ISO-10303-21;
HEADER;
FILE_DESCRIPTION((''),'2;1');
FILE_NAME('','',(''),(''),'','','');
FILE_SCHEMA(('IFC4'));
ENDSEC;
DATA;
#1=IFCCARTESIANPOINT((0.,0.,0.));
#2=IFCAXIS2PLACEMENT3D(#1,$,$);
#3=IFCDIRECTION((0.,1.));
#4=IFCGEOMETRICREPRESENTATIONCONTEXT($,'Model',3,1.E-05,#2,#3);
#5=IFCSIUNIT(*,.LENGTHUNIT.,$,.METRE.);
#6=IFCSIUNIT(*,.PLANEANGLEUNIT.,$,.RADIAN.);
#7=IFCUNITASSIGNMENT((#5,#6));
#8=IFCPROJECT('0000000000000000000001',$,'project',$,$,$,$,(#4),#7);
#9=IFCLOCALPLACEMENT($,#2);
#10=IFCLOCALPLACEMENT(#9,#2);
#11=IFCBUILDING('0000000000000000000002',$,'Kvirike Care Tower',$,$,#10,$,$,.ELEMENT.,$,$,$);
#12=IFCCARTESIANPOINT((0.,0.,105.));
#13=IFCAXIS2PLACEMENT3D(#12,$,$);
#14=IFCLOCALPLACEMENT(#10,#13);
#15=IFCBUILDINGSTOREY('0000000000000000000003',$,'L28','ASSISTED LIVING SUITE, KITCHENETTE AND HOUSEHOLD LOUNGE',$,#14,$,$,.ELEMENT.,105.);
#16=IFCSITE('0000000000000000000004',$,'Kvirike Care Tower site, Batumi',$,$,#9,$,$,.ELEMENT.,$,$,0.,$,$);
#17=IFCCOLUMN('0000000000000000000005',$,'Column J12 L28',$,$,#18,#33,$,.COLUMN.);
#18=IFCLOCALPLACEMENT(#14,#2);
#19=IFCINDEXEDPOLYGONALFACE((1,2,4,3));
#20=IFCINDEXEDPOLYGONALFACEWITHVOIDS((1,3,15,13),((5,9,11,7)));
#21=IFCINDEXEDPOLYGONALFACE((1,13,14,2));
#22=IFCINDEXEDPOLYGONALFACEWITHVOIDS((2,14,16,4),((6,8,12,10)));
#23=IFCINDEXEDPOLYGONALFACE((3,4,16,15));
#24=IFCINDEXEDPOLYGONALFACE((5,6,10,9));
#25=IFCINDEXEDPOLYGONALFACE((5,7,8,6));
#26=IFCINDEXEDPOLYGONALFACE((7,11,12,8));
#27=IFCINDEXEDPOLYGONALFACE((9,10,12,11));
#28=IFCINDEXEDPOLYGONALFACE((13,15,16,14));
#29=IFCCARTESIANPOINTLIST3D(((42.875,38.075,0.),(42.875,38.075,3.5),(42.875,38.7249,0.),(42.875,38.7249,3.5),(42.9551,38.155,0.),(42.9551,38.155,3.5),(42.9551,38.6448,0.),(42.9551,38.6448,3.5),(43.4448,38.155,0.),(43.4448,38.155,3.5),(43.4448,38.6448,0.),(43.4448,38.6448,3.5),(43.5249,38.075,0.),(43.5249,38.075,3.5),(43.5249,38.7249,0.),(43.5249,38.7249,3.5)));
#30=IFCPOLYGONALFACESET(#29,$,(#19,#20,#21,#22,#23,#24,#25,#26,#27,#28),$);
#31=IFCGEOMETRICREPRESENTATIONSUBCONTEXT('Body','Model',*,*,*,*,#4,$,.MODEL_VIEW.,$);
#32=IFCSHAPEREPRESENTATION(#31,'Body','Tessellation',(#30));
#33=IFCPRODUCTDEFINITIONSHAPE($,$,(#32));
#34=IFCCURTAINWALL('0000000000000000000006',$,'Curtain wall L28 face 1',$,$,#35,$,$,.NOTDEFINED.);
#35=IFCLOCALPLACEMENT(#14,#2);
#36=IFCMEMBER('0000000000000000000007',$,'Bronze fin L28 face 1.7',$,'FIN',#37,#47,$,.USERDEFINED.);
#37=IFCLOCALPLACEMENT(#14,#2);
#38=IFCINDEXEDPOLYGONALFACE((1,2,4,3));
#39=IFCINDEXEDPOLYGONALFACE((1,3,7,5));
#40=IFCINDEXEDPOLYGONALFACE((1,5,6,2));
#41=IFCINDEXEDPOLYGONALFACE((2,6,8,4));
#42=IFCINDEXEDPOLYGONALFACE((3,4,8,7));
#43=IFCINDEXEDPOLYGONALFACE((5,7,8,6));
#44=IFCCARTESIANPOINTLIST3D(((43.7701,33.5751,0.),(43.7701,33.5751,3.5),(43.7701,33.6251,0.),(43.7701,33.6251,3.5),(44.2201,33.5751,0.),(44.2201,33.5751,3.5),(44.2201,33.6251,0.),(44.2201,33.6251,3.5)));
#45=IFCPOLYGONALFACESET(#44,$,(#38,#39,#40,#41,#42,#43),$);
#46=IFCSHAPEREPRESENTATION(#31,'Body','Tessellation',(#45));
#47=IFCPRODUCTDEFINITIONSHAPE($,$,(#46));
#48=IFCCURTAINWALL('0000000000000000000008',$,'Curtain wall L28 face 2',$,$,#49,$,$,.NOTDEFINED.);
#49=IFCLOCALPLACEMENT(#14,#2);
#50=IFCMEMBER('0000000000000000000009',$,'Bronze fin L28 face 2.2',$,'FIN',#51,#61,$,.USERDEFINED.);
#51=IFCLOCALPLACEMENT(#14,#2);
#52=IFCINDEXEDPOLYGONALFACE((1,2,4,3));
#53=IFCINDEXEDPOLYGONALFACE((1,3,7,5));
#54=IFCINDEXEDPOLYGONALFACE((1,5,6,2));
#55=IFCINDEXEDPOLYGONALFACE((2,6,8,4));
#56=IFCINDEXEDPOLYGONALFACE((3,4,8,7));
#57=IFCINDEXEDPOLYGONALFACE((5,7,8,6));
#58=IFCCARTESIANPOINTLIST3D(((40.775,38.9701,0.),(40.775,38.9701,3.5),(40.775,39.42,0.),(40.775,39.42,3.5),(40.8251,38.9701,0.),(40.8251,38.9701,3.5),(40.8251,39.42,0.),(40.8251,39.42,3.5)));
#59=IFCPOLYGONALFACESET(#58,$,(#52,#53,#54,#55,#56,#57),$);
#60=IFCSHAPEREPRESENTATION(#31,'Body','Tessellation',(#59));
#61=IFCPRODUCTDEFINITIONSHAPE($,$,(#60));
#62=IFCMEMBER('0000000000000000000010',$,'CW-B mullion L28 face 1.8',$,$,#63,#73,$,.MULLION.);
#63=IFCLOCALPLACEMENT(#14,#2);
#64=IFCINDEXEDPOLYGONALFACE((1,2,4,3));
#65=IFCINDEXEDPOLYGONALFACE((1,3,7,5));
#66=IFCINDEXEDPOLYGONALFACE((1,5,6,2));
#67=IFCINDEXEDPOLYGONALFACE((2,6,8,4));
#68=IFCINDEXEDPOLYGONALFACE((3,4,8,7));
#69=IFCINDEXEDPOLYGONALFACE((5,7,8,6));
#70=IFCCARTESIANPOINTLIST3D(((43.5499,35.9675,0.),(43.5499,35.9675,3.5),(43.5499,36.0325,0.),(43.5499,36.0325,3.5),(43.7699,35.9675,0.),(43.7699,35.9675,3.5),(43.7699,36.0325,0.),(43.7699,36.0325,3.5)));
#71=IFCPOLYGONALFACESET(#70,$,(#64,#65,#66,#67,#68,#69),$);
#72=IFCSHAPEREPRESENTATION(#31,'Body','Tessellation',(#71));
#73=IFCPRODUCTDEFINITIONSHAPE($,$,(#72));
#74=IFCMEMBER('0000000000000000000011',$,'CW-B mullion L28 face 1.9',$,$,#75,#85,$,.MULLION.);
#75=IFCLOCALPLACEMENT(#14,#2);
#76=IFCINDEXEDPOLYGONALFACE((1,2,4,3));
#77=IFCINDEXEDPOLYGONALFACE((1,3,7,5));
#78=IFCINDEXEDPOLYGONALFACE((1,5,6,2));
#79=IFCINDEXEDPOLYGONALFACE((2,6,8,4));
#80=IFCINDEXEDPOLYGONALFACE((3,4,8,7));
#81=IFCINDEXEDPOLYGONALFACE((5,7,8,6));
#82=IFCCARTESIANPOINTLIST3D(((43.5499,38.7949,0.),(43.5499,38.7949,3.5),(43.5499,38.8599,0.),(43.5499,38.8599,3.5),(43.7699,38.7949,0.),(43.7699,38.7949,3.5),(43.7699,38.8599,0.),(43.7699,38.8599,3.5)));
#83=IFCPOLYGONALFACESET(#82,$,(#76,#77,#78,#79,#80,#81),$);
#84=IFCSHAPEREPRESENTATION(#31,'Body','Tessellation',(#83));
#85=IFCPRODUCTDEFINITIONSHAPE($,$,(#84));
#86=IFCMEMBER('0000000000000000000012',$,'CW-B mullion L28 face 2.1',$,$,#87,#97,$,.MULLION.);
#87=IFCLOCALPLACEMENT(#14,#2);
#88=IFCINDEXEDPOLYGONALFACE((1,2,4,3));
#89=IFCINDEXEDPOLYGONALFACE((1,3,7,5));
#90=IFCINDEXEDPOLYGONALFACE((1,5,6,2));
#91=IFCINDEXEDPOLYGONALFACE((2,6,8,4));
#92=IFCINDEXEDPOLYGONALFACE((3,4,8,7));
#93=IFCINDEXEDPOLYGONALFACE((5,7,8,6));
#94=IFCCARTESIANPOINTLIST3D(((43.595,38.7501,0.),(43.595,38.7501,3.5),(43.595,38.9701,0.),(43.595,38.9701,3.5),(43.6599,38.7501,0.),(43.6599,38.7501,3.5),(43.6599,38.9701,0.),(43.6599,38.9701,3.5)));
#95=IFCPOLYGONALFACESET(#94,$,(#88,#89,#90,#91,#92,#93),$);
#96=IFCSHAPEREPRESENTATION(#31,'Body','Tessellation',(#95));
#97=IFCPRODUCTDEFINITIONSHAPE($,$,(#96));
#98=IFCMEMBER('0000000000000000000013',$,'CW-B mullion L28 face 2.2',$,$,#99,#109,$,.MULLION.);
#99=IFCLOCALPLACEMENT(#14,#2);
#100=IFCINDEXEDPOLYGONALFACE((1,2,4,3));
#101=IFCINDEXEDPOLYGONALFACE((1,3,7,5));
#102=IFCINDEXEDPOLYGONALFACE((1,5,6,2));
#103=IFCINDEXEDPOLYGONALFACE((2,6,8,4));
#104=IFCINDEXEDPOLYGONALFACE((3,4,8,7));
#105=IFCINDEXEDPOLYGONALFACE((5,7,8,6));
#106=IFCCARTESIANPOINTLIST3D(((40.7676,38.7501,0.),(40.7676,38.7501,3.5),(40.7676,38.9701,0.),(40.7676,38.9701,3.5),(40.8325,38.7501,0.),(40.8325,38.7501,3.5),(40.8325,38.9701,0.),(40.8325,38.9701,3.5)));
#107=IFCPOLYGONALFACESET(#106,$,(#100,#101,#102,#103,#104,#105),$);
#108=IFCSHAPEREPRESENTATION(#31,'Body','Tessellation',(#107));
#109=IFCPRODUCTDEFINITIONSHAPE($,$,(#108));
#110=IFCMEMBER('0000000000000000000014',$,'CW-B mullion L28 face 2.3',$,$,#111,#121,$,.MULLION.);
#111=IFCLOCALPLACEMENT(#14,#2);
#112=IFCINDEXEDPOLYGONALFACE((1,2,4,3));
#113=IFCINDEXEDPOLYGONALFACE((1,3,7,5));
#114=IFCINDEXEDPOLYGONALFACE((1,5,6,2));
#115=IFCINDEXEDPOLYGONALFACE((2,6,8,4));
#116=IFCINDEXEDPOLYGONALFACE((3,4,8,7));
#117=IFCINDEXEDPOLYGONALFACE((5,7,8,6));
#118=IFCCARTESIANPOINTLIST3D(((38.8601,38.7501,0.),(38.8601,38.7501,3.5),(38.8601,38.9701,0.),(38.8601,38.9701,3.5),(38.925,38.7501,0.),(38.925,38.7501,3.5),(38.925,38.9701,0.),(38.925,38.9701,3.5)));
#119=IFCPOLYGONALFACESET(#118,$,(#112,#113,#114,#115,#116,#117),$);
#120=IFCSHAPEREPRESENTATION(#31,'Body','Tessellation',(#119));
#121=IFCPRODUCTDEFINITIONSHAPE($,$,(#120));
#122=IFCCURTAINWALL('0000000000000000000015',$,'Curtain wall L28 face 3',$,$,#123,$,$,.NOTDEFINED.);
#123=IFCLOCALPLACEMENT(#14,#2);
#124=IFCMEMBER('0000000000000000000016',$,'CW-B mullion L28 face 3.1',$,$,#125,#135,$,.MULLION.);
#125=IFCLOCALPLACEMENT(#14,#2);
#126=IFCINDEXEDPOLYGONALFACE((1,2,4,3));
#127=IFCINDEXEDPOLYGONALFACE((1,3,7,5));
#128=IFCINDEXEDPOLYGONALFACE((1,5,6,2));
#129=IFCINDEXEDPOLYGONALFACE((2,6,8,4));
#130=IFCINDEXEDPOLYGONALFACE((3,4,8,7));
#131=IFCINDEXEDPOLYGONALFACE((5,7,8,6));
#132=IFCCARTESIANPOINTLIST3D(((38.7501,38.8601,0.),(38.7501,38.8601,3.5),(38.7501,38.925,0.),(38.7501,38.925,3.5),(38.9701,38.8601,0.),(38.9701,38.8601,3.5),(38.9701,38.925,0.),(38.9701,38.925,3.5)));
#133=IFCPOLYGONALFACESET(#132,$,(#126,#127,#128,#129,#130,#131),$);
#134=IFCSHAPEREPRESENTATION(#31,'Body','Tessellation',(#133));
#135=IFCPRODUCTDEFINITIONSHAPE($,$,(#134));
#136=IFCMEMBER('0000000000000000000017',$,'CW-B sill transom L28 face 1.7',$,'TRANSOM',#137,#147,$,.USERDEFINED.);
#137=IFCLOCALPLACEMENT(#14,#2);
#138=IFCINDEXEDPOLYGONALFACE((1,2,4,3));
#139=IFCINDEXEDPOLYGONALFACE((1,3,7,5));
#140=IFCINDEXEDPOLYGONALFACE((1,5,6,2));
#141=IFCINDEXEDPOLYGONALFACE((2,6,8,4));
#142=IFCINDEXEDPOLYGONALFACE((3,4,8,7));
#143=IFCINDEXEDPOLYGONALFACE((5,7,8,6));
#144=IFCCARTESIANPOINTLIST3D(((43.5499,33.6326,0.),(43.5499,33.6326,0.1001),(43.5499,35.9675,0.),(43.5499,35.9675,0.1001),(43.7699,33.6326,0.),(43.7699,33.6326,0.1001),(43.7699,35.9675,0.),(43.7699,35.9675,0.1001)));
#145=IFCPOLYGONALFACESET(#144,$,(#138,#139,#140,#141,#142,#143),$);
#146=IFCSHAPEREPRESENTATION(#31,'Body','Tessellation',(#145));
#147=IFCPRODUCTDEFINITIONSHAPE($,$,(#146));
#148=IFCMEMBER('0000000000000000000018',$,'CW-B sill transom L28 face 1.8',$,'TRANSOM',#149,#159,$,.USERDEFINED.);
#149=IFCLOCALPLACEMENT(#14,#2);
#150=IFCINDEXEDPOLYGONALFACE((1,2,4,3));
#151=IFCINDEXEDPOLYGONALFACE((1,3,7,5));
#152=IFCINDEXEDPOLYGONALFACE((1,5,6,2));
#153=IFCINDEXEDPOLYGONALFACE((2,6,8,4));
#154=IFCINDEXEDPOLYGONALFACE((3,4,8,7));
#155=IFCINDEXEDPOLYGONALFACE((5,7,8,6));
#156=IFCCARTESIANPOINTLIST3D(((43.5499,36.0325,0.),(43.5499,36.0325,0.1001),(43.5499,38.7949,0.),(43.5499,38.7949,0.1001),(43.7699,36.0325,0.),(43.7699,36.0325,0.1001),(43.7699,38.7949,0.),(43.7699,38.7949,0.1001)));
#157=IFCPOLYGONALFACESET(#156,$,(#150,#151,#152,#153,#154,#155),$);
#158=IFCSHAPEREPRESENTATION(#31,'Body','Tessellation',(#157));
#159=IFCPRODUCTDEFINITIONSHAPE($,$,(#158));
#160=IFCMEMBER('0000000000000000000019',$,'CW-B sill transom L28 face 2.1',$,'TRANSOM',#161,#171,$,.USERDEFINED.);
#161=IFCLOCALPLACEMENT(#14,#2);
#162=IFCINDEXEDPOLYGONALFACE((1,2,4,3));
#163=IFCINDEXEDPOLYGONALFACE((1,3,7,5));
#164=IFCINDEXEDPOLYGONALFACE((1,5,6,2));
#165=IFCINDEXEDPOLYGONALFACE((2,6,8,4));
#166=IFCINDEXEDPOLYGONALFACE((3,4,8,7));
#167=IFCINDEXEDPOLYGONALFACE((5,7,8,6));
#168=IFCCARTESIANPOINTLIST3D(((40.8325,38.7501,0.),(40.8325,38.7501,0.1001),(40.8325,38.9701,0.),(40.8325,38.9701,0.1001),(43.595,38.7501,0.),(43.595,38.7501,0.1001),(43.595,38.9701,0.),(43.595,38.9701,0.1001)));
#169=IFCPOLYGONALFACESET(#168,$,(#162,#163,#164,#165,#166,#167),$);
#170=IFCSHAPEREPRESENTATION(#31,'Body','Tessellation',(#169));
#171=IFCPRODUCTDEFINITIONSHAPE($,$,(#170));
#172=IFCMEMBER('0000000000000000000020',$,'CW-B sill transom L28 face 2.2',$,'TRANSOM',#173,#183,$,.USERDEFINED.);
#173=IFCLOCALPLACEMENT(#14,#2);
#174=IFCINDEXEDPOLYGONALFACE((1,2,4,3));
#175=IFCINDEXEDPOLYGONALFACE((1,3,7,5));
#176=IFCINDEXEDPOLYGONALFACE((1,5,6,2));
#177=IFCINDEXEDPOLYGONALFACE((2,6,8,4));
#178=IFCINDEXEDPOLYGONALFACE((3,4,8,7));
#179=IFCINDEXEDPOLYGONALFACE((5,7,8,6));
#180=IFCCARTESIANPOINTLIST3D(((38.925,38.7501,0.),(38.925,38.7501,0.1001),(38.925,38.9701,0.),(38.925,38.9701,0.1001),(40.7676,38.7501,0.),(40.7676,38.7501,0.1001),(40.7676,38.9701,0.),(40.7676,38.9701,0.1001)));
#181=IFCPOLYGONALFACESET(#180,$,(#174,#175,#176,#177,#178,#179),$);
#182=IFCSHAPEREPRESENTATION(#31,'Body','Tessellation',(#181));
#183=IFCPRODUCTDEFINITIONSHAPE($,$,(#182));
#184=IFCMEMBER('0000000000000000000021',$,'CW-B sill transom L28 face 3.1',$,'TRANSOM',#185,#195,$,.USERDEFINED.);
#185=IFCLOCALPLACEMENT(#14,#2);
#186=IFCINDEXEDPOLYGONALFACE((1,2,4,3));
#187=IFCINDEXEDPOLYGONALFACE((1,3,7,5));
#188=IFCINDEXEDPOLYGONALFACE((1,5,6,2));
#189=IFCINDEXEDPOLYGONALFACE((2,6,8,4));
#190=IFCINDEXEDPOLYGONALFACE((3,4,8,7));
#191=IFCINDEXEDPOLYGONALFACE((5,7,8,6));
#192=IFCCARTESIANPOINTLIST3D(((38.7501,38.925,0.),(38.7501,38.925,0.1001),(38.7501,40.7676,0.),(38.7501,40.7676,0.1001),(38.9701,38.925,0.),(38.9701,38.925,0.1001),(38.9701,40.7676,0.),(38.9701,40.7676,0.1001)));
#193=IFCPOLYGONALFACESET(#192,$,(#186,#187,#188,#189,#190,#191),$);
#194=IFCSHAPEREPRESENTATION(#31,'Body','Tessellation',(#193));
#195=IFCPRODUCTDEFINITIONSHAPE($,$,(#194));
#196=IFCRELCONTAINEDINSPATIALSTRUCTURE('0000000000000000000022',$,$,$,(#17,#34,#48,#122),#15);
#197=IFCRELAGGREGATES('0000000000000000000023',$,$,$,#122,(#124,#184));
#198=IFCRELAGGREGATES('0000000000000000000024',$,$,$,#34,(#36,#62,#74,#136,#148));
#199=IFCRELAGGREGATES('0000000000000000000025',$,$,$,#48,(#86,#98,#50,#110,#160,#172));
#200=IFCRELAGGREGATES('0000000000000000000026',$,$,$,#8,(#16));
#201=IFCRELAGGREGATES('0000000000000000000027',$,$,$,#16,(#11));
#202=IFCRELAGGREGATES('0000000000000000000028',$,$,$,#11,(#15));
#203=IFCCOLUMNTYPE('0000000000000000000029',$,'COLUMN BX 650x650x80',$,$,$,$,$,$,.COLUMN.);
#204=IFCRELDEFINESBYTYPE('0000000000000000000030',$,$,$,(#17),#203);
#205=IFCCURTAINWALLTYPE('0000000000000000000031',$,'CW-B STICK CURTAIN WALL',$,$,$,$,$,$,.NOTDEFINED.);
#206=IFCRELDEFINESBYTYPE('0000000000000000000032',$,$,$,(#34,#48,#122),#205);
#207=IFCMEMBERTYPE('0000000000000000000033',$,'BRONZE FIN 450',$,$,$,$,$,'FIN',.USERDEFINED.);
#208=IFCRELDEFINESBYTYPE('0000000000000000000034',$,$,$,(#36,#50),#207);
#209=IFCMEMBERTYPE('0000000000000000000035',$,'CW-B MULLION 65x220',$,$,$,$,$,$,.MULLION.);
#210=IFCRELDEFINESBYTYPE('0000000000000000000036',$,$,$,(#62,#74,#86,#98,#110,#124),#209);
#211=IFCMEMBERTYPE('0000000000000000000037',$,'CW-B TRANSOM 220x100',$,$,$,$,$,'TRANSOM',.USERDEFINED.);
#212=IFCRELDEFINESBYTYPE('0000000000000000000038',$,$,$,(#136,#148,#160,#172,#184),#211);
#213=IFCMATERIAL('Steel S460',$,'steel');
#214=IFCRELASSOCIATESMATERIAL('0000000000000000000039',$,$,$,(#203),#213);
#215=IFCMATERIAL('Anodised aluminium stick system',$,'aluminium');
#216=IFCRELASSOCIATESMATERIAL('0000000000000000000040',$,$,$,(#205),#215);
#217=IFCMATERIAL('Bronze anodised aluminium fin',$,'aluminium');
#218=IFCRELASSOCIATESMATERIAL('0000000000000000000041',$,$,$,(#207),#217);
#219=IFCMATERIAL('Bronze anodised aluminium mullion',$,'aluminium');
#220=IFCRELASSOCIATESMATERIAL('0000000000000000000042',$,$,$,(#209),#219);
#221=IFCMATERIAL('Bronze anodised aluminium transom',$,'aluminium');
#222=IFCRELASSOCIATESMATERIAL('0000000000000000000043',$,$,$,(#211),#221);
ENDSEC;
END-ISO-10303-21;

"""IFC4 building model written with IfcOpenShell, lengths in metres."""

from ifc_helpers import new_model, si_unit, direction, frame, origin, origin_2d, place, context, subcontext, project, spatial, rectangle, hollow_rectangle, extrude, material, material_profile, profile_set, type_object, element, aggregate, save


model = new_model("IFC4")

# Units and contexts
model_context = context("Model", 3, precision=1e-05, world=origin(), true_north=direction((0.0, 1.0)))
body_context = subcontext(model_context, "Body", "Model", "MODEL_VIEW")
ifc_project = project(units=[si_unit("LENGTHUNIT", "METRE"), si_unit("PLANEANGLEUNIT", "RADIAN")], contexts=[model_context])

# Site, building, storey
site_placement = place(None, origin())
site = spatial("IfcSite", under=ifc_project, at=site_placement, Name="Kvirike Care Tower site, Batumi", CompositionType="ELEMENT", RefElevation=0.0)
building_placement = place(site_placement, origin())
building = spatial("IfcBuilding", under=site, at=building_placement, Name="Kvirike Care Tower", CompositionType="ELEMENT")
storey_placement = place(building_placement, frame((0.0, 0.0, 105.0)))
storey = spatial("IfcBuildingStorey", under=building, at=storey_placement, Name="L28", Description="ASSISTED LIVING SUITE, KITCHENETTE AND HOUSEHOLD LOUNGE", CompositionType="ELEMENT", Elevation=105.0)

# Column
ifc_material_1 = material(Name="Steel S460", Category="steel")
ifc_material_profile_1 = material_profile(ifc_material_1, hollow_rectangle(XDim=0.6499, YDim=0.6499, WallThickness=0.0801, at=origin_2d()), Name="BX 650x650x80")
ifc_profile_set_1 = profile_set([ifc_material_profile_1], Name="Steel S460")
column_type = type_object("IfcColumnType", Name="COLUMN BX 650x650x80", PredefinedType="COLUMN", material=ifc_profile_set_1)
column_placement = place(storey_placement, frame((43.2, 38.3999, 0.0), z_axis=(0.0, 0.0, 1.0), x_axis=(0.0, 1.0, 0.0)))
element("IfcColumn", 1, at=column_placement, inside=storey, type_object=column_type, Name="Column J12 L28", PredefinedType="COLUMN", context=body_context, shape_type="SweptSolid", body=[
    extrude(hollow_rectangle(XDim=0.6499, YDim=0.6499, WallThickness=0.0801, at=origin_2d()), origin(), (0.0, 0.0, 1.0), 3.5),
])

# Curtain walls, members
ifc_material_2 = material(Name="Anodised aluminium stick system", Category="aluminium")
curtain_wall_type = type_object("IfcCurtainWallType", Name="CW-B STICK CURTAIN WALL", PredefinedType="NOTDEFINED", material=ifc_material_2)
curtain_wall_1_placement = place(storey_placement, origin())
curtain_wall_1 = element("IfcCurtainWall", 2, at=curtain_wall_1_placement, inside=storey, type_object=curtain_wall_type, Name="Curtain wall L28 face 1", PredefinedType="NOTDEFINED")
ifc_material_3 = material(Name="Bronze anodised aluminium fin", Category="aluminium")
ifc_material_profile_2 = material_profile(ifc_material_3, rectangle(XDim=0.05, YDim=0.45, at=origin_2d()), Name="BRONZE FIN 450")
ifc_profile_set_2 = profile_set([ifc_material_profile_2], Name="Bronze anodised aluminium fin")
member_type_1 = type_object("IfcMemberType", Name="BRONZE FIN 450", ElementType="FIN", PredefinedType="USERDEFINED", material=ifc_profile_set_2)
member_1_placement = place(storey_placement, frame((43.9951, 33.6001, 0.0), z_axis=(0.0, 0.0, 1.0), x_axis=(0.0, 1.0, 0.0)))
member_1 = element("IfcMember", 3, at=member_1_placement, type_object=member_type_1, Name="Bronze fin L28 face 1.7", ObjectType="FIN", PredefinedType="USERDEFINED", context=body_context, shape_type="SweptSolid", body=[
    extrude(rectangle(XDim=0.05, YDim=0.45, at=origin_2d()), origin(), (0.0, 0.0, 1.0), 3.5),
])
curtain_wall_2_placement = place(storey_placement, origin())
curtain_wall_2 = element("IfcCurtainWall", 4, at=curtain_wall_2_placement, inside=storey, type_object=curtain_wall_type, Name="Curtain wall L28 face 2", PredefinedType="NOTDEFINED")
member_2_placement = place(storey_placement, frame((40.8, 39.1951, 0.0), z_axis=(0.0, 0.0, 1.0), x_axis=(-1.0, 0.0, 0.0)))
member_2 = element("IfcMember", 5, at=member_2_placement, type_object=member_type_1, Name="Bronze fin L28 face 2.2", ObjectType="FIN", PredefinedType="USERDEFINED", context=body_context, shape_type="SweptSolid", body=[
    extrude(rectangle(XDim=0.05, YDim=0.45, at=origin_2d()), origin(), (0.0, 0.0, 1.0), 3.5),
])

# Members
ifc_material_4 = material(Name="Bronze anodised aluminium mullion", Category="aluminium")
ifc_material_profile_3 = material_profile(ifc_material_4, rectangle(XDim=0.0649, YDim=0.22, at=origin_2d()), Name="CW-B MULLION 65x220")
ifc_profile_set_3 = profile_set([ifc_material_profile_3], Name="Bronze anodised aluminium mullion")
member_type_2 = type_object("IfcMemberType", Name="CW-B MULLION 65x220", PredefinedType="MULLION", material=ifc_profile_set_3)
member_3_placement = place(storey_placement, frame((43.6599, 36.0, 0.0), z_axis=(0.0, 0.0, 1.0), x_axis=(0.0, 1.0, 0.0)))
member_3 = element("IfcMember", 6, at=member_3_placement, type_object=member_type_2, Name="CW-B mullion L28 face 1.8", PredefinedType="MULLION", context=body_context, shape_type="SweptSolid", body=[
    extrude(rectangle(XDim=0.0649, YDim=0.22, at=origin_2d()), origin(), (0.0, 0.0, 1.0), 3.5),
])
member_4_placement = place(storey_placement, frame((43.6599, 38.8274, 0.0), z_axis=(0.0, 0.0, 1.0), x_axis=(0.0, 1.0, 0.0)))
member_4 = element("IfcMember", 7, at=member_4_placement, type_object=member_type_2, Name="CW-B mullion L28 face 1.9", PredefinedType="MULLION", context=body_context, shape_type="SweptSolid", body=[
    extrude(rectangle(XDim=0.0649, YDim=0.22, at=origin_2d()), origin(), (0.0, 0.0, 1.0), 3.5),
])
member_5_placement = place(storey_placement, frame((43.6274, 38.8601, 0.0), z_axis=(0.0, 0.0, 1.0), x_axis=(-1.0, 0.0, 0.0)))
member_5 = element("IfcMember", 8, at=member_5_placement, type_object=member_type_2, Name="CW-B mullion L28 face 2.1", PredefinedType="MULLION", context=body_context, shape_type="SweptSolid", body=[
    extrude(rectangle(XDim=0.0649, YDim=0.22, at=origin_2d()), origin(), (0.0, 0.0, 1.0), 3.5),
])
member_6_placement = place(storey_placement, frame((40.8, 38.8601, 0.0), z_axis=(0.0, 0.0, 1.0), x_axis=(-1.0, 0.0, 0.0)))
member_6 = element("IfcMember", 9, at=member_6_placement, type_object=member_type_2, Name="CW-B mullion L28 face 2.2", PredefinedType="MULLION", context=body_context, shape_type="SweptSolid", body=[
    extrude(rectangle(XDim=0.0649, YDim=0.22, at=origin_2d()), origin(), (0.0, 0.0, 1.0), 3.5),
])
member_7_placement = place(storey_placement, frame((38.8926, 38.8601, 0.0), z_axis=(0.0, 0.0, 1.0), x_axis=(-1.0, 0.0, 0.0)))
member_7 = element("IfcMember", 10, at=member_7_placement, type_object=member_type_2, Name="CW-B mullion L28 face 2.3", PredefinedType="MULLION", context=body_context, shape_type="SweptSolid", body=[
    extrude(rectangle(XDim=0.0649, YDim=0.22, at=origin_2d()), origin(), (0.0, 0.0, 1.0), 3.5),
])

# Curtain wall, member
curtain_wall_3_placement = place(storey_placement, origin())
curtain_wall_3 = element("IfcCurtainWall", 11, at=curtain_wall_3_placement, inside=storey, type_object=curtain_wall_type, Name="Curtain wall L28 face 3", PredefinedType="NOTDEFINED")
member_8_placement = place(storey_placement, frame((38.8601, 38.8926, 0.0), z_axis=(0.0, 0.0, 1.0), x_axis=(0.0, 1.0, 0.0)))
member_8 = element("IfcMember", 12, at=member_8_placement, type_object=member_type_2, Name="CW-B mullion L28 face 3.1", PredefinedType="MULLION", context=body_context, shape_type="SweptSolid", body=[
    extrude(rectangle(XDim=0.0649, YDim=0.22, at=origin_2d()), origin(), (0.0, 0.0, 1.0), 3.5),
])

# Members
ifc_material_5 = material(Name="Bronze anodised aluminium transom", Category="aluminium")
ifc_material_profile_4 = material_profile(ifc_material_5, rectangle(XDim=0.22, YDim=0.1001, at=origin_2d()), Name="CW-B TRANSOM 220x100")
ifc_profile_set_4 = profile_set([ifc_material_profile_4], Name="Bronze anodised aluminium transom")
member_type_3 = type_object("IfcMemberType", Name="CW-B TRANSOM 220x100", ElementType="TRANSOM", PredefinedType="USERDEFINED", material=ifc_profile_set_4)
member_9_placement = place(storey_placement, frame((43.6599, 33.6326, 0.05), z_axis=(0.0, 1.0, 0.0), x_axis=(-1.0, 0.0, 0.0)))
member_9 = element("IfcMember", 13, at=member_9_placement, type_object=member_type_3, Name="CW-B sill transom L28 face 1.7", ObjectType="TRANSOM", PredefinedType="USERDEFINED", context=body_context, shape_type="SweptSolid", body=[
    extrude(rectangle(XDim=0.22, YDim=0.1001, at=origin_2d()), origin(), (0.0, 0.0, 1.0), 2.335),
])
member_10_placement = place(storey_placement, frame((43.6599, 36.0325, 0.05), z_axis=(0.0, 1.0, 0.0), x_axis=(-1.0, 0.0, 0.0)))
member_10 = element("IfcMember", 14, at=member_10_placement, type_object=member_type_3, Name="CW-B sill transom L28 face 1.8", ObjectType="TRANSOM", PredefinedType="USERDEFINED", context=body_context, shape_type="SweptSolid", body=[
    extrude(rectangle(XDim=0.22, YDim=0.1001, at=origin_2d()), origin(), (0.0, 0.0, 1.0), 2.7625),
])
member_11_placement = place(storey_placement, frame((43.595, 38.8601, 0.05), z_axis=(-1.0, 0.0, 0.0), x_axis=(0.0, -1.0, 0.0)))
member_11 = element("IfcMember", 15, at=member_11_placement, type_object=member_type_3, Name="CW-B sill transom L28 face 2.1", ObjectType="TRANSOM", PredefinedType="USERDEFINED", context=body_context, shape_type="SweptSolid", body=[
    extrude(rectangle(XDim=0.22, YDim=0.1001, at=origin_2d()), origin(), (0.0, 0.0, 1.0), 2.7625),
])
member_12_placement = place(storey_placement, frame((40.7676, 38.8601, 0.05), z_axis=(-1.0, 0.0, 0.0), x_axis=(0.0, -1.0, 0.0)))
member_12 = element("IfcMember", 16, at=member_12_placement, type_object=member_type_3, Name="CW-B sill transom L28 face 2.2", ObjectType="TRANSOM", PredefinedType="USERDEFINED", context=body_context, shape_type="SweptSolid", body=[
    extrude(rectangle(XDim=0.22, YDim=0.1001, at=origin_2d()), origin(), (0.0, 0.0, 1.0), 1.8425),
])
member_13_placement = place(storey_placement, frame((38.8601, 38.925, 0.05), z_axis=(0.0, 1.0, 0.0), x_axis=(-1.0, 0.0, 0.0)))
member_13 = element("IfcMember", 17, at=member_13_placement, type_object=member_type_3, Name="CW-B sill transom L28 face 3.1", ObjectType="TRANSOM", PredefinedType="USERDEFINED", context=body_context, shape_type="SweptSolid", body=[
    extrude(rectangle(XDim=0.22, YDim=0.1001, at=origin_2d()), origin(), (0.0, 0.0, 1.0), 1.8425),
])
aggregate(curtain_wall_3, [member_8, member_13])

aggregate(curtain_wall_1, [member_1, member_3, member_4, member_9, member_10])
aggregate(curtain_wall_2, [member_5, member_6, member_2, member_7, member_11, member_12])

save(model, "model.ifc")
